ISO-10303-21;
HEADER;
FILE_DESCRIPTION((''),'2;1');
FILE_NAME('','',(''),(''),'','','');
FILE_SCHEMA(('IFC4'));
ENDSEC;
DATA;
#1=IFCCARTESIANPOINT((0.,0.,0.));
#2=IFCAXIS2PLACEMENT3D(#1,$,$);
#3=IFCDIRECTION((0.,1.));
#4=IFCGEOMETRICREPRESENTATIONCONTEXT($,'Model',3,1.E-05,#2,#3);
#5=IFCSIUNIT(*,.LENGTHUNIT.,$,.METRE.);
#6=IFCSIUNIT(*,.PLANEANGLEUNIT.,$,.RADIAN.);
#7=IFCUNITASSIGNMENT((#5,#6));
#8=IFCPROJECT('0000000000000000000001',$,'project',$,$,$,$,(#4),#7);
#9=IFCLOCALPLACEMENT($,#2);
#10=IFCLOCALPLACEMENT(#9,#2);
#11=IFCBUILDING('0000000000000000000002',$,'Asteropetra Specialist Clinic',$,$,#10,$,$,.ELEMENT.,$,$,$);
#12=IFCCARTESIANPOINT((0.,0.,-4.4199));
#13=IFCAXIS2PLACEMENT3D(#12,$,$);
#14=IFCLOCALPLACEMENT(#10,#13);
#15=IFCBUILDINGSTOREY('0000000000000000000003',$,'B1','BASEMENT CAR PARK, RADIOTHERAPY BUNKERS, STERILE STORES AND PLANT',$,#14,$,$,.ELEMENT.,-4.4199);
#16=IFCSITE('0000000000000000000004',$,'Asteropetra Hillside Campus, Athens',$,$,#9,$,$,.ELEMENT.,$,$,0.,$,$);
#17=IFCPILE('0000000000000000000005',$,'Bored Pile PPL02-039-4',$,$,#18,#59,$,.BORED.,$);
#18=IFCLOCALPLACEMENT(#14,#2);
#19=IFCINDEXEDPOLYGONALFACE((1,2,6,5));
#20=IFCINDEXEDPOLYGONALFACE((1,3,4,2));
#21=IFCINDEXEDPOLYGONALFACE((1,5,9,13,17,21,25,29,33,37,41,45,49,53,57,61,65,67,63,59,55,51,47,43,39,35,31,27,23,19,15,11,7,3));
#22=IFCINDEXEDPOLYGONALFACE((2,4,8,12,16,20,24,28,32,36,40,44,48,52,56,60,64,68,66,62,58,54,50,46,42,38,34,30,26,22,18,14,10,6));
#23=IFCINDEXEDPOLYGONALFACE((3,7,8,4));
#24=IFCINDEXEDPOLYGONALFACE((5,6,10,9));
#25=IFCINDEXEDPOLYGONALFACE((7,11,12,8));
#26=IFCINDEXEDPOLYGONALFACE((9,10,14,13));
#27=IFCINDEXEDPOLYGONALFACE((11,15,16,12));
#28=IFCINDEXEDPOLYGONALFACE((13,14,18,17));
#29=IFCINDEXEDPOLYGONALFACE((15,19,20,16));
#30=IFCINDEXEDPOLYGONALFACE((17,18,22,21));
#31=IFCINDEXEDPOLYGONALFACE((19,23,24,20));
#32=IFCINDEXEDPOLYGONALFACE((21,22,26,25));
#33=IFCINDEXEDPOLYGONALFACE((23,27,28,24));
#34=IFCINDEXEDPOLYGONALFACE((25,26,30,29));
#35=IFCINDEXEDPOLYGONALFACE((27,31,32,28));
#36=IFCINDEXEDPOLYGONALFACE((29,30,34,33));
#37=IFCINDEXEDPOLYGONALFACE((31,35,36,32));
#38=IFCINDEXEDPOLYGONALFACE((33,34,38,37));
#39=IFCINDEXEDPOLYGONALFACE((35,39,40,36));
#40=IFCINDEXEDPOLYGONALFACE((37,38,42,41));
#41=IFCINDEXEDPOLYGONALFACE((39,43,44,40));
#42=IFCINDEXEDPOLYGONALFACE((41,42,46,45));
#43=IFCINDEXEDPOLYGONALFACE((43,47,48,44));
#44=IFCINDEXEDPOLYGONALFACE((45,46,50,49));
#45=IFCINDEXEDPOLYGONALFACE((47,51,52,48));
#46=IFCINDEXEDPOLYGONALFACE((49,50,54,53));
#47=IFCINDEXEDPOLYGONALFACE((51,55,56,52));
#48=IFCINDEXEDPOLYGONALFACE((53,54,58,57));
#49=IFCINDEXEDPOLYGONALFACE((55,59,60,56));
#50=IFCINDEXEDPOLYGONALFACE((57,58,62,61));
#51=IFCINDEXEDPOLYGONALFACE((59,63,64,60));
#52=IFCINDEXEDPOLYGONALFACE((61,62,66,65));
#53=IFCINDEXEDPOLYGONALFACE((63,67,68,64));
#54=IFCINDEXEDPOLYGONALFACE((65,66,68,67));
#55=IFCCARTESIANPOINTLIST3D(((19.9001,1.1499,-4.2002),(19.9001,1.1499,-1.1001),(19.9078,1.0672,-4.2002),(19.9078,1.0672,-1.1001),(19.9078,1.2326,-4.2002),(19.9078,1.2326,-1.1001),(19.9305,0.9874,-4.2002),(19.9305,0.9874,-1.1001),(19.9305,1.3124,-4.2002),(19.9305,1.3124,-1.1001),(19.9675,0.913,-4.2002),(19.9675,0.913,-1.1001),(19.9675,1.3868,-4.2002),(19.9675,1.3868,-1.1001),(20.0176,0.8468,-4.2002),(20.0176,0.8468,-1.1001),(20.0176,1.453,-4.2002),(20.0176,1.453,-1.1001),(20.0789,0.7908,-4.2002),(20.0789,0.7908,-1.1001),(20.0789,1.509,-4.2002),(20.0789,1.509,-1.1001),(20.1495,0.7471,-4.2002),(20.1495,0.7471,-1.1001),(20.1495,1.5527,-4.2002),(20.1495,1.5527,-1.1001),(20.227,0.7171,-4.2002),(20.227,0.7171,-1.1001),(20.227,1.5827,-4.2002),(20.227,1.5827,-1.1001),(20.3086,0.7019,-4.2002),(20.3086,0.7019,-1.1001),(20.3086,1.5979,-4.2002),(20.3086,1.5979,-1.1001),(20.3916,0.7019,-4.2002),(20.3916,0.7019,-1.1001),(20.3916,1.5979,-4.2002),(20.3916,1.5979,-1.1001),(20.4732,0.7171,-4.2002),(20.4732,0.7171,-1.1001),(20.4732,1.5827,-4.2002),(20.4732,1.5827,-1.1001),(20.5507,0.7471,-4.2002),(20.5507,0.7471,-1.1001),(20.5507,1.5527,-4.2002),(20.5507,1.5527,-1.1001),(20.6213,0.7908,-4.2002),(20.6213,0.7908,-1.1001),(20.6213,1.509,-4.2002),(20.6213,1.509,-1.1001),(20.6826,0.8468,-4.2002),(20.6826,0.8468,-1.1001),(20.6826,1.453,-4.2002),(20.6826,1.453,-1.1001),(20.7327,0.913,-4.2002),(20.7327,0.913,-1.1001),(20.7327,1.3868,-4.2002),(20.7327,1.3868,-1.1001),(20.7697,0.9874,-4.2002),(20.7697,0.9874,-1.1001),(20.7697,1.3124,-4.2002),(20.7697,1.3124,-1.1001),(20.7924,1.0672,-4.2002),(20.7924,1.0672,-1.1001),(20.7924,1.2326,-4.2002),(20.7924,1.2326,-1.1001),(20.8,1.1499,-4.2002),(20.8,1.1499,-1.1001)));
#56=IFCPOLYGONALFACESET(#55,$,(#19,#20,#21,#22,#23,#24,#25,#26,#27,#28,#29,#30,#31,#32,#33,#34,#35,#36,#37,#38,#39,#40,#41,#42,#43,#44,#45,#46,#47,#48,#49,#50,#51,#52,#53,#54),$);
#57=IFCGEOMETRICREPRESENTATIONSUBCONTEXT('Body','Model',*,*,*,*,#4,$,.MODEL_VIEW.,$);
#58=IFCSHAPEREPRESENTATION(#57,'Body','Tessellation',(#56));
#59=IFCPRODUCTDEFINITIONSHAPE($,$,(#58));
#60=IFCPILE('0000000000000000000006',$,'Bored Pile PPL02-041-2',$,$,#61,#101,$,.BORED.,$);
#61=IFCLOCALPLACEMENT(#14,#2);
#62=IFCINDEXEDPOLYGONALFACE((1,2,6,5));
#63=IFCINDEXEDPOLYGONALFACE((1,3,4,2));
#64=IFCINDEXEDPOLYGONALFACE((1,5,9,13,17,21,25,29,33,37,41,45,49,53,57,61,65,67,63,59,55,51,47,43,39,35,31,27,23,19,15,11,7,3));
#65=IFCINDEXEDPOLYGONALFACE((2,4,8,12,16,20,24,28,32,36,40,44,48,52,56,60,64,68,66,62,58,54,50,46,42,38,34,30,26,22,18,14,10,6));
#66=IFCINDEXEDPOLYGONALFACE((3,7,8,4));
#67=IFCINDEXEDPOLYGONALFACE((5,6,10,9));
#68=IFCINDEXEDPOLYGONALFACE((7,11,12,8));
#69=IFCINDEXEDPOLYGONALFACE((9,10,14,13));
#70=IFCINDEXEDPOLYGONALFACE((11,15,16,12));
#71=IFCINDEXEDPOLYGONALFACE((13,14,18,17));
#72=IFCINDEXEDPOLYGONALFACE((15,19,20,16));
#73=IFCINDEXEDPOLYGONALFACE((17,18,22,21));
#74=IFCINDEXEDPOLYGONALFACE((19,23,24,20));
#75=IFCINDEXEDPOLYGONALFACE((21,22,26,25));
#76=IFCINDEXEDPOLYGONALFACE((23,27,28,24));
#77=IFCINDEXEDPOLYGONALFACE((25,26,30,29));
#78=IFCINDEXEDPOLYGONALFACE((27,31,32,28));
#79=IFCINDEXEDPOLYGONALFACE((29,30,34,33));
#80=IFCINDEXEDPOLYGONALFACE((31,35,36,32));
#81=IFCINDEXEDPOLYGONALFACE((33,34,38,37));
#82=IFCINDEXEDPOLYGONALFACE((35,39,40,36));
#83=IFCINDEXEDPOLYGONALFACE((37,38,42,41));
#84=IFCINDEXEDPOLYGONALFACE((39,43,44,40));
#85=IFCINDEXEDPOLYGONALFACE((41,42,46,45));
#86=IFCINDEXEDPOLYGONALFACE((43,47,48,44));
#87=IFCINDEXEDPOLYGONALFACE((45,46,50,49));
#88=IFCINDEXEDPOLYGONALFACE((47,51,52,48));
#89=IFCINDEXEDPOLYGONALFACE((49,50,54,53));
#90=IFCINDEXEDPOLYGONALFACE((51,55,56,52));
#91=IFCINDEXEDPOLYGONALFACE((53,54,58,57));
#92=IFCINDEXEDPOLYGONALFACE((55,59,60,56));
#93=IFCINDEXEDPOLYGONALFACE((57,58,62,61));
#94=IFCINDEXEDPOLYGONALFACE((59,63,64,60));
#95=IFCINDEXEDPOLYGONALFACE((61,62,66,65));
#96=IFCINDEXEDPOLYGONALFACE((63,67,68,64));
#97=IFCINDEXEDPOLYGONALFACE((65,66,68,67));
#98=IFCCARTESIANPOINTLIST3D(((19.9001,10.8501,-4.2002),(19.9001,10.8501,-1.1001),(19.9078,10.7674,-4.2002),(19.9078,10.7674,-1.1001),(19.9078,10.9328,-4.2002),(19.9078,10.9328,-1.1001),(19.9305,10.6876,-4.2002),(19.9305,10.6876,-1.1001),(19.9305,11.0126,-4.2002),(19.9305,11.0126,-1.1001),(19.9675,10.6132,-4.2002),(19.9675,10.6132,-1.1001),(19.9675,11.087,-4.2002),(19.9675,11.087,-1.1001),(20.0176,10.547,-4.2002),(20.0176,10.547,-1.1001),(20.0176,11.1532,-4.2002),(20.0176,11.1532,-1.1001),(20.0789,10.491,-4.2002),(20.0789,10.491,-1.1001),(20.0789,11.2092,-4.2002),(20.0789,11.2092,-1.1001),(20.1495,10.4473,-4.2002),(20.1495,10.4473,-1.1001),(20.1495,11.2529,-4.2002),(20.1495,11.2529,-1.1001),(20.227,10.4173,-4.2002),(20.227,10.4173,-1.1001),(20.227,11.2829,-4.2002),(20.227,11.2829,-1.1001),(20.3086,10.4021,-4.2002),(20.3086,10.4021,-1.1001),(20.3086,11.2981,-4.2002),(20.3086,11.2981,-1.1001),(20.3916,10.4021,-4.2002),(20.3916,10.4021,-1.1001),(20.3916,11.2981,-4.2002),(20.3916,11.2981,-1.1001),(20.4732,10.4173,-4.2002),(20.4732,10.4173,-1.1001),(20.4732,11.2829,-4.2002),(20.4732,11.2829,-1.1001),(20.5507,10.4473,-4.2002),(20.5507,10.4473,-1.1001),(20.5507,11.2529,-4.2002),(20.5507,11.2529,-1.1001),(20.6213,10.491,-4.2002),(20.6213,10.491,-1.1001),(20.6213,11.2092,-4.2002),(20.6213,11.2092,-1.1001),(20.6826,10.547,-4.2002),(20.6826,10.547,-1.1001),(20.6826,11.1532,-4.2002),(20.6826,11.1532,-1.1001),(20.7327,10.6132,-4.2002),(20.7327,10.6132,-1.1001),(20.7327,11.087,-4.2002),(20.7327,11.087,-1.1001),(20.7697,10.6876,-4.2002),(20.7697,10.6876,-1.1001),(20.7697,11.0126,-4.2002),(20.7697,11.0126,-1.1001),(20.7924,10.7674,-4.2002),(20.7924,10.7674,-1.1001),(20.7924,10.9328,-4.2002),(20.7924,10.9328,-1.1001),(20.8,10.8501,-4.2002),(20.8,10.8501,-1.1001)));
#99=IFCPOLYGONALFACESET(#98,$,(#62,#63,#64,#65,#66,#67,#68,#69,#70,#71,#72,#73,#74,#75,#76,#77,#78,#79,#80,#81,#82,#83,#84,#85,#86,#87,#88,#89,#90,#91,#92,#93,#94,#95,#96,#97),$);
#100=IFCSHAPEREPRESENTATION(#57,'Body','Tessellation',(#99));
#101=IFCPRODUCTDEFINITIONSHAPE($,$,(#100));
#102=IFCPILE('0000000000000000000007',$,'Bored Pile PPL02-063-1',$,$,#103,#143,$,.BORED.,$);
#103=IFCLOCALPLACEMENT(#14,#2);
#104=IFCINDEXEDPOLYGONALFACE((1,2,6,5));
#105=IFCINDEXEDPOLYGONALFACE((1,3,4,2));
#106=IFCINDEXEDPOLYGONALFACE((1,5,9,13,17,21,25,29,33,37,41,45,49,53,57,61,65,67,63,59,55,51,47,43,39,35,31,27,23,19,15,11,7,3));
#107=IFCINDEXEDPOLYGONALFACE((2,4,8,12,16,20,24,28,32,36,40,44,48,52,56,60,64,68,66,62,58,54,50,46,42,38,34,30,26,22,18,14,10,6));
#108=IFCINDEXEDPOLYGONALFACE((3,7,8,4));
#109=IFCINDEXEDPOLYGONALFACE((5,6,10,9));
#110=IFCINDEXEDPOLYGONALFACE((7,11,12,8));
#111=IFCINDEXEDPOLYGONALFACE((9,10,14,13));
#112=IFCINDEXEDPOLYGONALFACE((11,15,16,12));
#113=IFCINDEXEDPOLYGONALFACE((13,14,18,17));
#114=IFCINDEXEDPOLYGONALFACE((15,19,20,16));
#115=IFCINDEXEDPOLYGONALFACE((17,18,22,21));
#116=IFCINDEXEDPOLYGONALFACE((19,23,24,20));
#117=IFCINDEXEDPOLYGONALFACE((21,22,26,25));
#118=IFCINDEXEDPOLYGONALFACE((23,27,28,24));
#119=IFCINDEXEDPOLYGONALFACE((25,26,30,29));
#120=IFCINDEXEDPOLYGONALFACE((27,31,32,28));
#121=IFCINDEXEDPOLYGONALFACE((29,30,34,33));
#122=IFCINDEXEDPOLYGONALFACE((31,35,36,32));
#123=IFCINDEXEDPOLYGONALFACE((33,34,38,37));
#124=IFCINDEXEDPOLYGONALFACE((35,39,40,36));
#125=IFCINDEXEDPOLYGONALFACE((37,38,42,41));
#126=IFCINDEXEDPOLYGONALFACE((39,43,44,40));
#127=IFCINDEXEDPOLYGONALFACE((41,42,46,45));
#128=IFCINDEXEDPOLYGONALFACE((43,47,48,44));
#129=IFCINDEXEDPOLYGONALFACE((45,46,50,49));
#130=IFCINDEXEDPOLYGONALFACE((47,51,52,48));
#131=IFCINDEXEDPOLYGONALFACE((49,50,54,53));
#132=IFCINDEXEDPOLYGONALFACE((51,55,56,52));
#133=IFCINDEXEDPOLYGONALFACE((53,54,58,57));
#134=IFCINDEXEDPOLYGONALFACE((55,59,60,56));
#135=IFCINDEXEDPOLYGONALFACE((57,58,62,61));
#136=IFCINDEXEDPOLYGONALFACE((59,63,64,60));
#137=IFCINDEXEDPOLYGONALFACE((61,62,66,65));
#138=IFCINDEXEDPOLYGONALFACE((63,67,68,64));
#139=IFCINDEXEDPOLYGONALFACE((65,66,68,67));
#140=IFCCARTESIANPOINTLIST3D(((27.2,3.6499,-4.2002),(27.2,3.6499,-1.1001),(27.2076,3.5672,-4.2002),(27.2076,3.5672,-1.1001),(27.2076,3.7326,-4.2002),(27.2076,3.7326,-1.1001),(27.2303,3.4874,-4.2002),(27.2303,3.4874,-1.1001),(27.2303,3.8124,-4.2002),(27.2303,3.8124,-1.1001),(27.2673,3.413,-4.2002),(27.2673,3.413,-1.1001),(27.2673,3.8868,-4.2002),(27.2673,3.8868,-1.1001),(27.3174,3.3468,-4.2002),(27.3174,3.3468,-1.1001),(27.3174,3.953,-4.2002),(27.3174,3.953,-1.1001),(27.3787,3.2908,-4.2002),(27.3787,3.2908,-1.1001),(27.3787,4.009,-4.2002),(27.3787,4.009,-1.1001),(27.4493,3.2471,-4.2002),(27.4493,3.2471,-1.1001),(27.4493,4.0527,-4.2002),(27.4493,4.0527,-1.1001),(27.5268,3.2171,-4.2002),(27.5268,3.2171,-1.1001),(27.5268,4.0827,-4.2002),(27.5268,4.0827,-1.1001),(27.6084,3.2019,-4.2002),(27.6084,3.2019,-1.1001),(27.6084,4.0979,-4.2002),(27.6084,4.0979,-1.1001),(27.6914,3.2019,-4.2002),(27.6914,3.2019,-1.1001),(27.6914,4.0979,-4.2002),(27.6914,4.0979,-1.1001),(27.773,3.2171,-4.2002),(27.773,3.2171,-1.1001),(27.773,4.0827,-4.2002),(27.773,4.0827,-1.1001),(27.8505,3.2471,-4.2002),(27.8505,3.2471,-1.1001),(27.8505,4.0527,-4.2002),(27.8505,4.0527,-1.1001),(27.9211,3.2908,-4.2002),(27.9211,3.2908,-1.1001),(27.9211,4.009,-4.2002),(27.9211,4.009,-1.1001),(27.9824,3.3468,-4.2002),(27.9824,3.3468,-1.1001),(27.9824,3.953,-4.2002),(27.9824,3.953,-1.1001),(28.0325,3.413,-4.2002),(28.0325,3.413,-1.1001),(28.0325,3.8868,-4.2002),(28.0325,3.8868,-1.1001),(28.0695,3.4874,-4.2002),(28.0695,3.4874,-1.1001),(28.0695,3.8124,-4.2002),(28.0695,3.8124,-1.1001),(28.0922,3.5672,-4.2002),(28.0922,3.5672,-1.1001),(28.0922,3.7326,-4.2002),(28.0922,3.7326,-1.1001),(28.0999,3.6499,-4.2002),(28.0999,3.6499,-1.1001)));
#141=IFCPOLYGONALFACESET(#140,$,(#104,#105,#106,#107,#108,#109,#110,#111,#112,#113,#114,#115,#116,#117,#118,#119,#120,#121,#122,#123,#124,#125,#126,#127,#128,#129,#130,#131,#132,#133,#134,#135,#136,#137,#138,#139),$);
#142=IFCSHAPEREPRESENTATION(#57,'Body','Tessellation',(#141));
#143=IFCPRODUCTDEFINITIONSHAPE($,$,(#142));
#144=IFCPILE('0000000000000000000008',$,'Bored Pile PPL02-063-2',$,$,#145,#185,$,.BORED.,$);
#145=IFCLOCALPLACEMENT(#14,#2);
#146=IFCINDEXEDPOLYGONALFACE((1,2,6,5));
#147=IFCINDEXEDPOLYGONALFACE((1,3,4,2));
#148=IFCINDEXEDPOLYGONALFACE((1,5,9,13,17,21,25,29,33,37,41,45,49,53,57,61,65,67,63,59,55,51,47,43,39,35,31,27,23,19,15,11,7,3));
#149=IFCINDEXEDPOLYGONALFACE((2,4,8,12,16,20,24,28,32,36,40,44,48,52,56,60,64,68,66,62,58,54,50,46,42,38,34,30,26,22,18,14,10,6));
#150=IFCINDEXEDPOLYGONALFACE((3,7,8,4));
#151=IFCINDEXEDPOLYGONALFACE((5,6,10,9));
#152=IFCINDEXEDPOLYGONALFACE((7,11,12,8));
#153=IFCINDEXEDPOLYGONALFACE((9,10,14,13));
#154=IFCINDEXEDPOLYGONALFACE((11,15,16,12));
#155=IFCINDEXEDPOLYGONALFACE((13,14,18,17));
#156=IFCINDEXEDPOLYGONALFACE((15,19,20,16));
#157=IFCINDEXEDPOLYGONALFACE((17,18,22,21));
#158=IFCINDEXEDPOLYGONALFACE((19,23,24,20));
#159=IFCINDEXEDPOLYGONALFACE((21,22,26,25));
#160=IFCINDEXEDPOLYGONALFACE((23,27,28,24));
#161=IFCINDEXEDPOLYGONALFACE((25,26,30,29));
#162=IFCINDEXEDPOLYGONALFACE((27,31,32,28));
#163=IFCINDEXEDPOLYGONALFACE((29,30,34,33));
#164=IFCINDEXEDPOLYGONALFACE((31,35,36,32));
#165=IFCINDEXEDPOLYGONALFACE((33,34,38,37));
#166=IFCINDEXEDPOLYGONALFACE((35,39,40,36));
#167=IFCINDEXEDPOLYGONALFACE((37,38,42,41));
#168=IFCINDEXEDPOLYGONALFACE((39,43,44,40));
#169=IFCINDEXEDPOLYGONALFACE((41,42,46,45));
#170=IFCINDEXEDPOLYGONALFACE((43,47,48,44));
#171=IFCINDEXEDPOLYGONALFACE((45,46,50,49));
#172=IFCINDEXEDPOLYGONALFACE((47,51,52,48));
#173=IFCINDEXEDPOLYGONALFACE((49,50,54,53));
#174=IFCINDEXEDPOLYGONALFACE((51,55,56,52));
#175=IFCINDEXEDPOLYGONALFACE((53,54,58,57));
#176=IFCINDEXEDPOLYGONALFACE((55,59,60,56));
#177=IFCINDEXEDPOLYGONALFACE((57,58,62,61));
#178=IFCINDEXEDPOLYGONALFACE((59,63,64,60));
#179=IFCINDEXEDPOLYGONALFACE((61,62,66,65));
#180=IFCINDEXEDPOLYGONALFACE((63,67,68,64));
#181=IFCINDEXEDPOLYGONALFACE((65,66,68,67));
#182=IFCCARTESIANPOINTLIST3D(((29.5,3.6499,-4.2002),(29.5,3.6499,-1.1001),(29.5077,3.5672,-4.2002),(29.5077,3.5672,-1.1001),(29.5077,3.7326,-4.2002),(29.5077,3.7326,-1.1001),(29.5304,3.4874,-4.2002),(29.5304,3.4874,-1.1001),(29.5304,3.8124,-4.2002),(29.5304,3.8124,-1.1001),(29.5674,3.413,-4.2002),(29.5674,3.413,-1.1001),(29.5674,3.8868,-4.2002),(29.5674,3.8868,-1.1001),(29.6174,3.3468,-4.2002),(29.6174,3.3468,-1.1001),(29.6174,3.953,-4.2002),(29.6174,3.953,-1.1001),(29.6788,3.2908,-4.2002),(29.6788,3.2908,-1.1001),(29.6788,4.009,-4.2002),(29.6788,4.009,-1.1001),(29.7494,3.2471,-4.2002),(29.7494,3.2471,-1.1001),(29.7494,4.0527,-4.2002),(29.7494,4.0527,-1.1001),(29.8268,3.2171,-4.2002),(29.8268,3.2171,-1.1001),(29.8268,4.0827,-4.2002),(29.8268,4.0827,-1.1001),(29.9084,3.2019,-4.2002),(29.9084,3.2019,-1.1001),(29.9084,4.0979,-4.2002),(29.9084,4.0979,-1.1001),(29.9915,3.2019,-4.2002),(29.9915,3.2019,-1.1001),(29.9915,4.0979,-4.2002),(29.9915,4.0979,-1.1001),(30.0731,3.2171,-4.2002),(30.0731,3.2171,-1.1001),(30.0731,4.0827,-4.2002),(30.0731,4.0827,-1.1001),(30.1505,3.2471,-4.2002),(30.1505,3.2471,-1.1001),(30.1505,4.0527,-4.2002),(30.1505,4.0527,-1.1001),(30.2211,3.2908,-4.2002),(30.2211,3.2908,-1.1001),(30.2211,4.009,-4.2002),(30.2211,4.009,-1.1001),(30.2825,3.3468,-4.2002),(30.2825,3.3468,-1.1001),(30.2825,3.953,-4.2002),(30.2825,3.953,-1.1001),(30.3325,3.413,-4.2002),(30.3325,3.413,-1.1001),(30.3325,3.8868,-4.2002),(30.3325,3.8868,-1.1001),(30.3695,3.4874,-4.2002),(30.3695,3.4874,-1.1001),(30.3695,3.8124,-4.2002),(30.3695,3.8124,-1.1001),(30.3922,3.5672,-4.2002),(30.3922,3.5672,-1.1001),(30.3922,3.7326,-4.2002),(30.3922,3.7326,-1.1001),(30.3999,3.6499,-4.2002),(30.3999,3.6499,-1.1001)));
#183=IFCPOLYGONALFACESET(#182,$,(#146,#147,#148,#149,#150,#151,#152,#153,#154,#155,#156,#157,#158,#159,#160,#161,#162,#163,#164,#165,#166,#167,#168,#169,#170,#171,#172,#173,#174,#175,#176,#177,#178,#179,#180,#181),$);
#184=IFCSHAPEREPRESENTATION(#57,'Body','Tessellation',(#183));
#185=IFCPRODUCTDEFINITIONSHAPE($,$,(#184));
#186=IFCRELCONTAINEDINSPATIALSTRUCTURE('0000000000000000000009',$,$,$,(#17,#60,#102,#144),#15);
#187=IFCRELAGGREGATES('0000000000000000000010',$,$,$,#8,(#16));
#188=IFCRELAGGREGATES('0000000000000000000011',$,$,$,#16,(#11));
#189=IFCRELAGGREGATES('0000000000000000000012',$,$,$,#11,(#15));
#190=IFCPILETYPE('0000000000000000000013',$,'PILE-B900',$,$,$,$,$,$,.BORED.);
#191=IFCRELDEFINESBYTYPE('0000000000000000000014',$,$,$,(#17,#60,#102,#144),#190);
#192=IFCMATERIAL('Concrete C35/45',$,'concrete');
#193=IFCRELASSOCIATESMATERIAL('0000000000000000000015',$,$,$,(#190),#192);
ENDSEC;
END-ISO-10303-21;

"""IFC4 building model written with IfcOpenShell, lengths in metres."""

from ifc_helpers import new_model, si_unit, direction, frame, origin, origin_2d, place, context, subcontext, project, spatial, circle, extrude, material, material_profile, profile_set, type_object, element, save


model = new_model("IFC4")

# Units and contexts
model_context = context("Model", 3, precision=1e-05, world=origin(), true_north=direction((0.0, 1.0)))
body_context = subcontext(model_context, "Body", "Model", "MODEL_VIEW")
ifc_project = project(units=[si_unit("LENGTHUNIT", "METRE"), si_unit("PLANEANGLEUNIT", "RADIAN")], contexts=[model_context])

# Site, building, storey
site_placement = place(None, origin())
site = spatial("IfcSite", under=ifc_project, at=site_placement, Name="Asteropetra Hillside Campus, Athens", CompositionType="ELEMENT", RefElevation=0.0)
building_placement = place(site_placement, origin())
building = spatial("IfcBuilding", under=site, at=building_placement, Name="Asteropetra Specialist Clinic", CompositionType="ELEMENT")
storey_placement = place(building_placement, frame((0.0, 0.0, -4.4199)))
storey = spatial("IfcBuildingStorey", under=building, at=storey_placement, Name="B1", Description="BASEMENT CAR PARK, RADIOTHERAPY BUNKERS, STERILE STORES AND PLANT", CompositionType="ELEMENT", Elevation=-4.4199)

# Piles
ifc_material_1 = material(Name="Concrete C35/45", Category="concrete")
ifc_material_profile_1 = material_profile(ifc_material_1, circle(Radius=0.45, at=origin_2d()), Name="PILE D900")
ifc_profile_set_1 = profile_set([ifc_material_profile_1], Name="Concrete C35/45")
pile_type_1 = type_object("IfcPileType", Name="PILE-B900", PredefinedType="BORED", material=ifc_profile_set_1)
for number, where, z_axis, x_axis, name in (
    (1, (20.3501, 1.1499, -1.1001), (0.0, 0.0, -1.0), (1.0, 0.0, 0.0), "Bored Pile PPL02-039-4"),
    (2, (20.3501, 10.8501, -1.1001), (0.0, 0.0, -1.0), (1.0, 0.0, 0.0), "Bored Pile PPL02-041-2"),
    (3, (27.6499, 3.6499, -1.1001), (0.0, 0.0, -1.0), (1.0, 0.0, 0.0), "Bored Pile PPL02-063-1"),
    (4, (29.95, 3.6499, -1.1001), (0.0, 0.0, -1.0), (1.0, 0.0, 0.0), "Bored Pile PPL02-063-2"),
):
    element("IfcPile", number, at=place(storey_placement, frame(where, z_axis=z_axis, x_axis=x_axis)), inside=storey, type_object=pile_type_1, Name=name, PredefinedType="BORED", context=body_context, shape_type="SweptSolid", body=[
        extrude(circle(Radius=0.45, at=origin_2d()), origin(), (0.0, 0.0, 1.0), 3.1001),
    ])

save(model, "model.ifc")
